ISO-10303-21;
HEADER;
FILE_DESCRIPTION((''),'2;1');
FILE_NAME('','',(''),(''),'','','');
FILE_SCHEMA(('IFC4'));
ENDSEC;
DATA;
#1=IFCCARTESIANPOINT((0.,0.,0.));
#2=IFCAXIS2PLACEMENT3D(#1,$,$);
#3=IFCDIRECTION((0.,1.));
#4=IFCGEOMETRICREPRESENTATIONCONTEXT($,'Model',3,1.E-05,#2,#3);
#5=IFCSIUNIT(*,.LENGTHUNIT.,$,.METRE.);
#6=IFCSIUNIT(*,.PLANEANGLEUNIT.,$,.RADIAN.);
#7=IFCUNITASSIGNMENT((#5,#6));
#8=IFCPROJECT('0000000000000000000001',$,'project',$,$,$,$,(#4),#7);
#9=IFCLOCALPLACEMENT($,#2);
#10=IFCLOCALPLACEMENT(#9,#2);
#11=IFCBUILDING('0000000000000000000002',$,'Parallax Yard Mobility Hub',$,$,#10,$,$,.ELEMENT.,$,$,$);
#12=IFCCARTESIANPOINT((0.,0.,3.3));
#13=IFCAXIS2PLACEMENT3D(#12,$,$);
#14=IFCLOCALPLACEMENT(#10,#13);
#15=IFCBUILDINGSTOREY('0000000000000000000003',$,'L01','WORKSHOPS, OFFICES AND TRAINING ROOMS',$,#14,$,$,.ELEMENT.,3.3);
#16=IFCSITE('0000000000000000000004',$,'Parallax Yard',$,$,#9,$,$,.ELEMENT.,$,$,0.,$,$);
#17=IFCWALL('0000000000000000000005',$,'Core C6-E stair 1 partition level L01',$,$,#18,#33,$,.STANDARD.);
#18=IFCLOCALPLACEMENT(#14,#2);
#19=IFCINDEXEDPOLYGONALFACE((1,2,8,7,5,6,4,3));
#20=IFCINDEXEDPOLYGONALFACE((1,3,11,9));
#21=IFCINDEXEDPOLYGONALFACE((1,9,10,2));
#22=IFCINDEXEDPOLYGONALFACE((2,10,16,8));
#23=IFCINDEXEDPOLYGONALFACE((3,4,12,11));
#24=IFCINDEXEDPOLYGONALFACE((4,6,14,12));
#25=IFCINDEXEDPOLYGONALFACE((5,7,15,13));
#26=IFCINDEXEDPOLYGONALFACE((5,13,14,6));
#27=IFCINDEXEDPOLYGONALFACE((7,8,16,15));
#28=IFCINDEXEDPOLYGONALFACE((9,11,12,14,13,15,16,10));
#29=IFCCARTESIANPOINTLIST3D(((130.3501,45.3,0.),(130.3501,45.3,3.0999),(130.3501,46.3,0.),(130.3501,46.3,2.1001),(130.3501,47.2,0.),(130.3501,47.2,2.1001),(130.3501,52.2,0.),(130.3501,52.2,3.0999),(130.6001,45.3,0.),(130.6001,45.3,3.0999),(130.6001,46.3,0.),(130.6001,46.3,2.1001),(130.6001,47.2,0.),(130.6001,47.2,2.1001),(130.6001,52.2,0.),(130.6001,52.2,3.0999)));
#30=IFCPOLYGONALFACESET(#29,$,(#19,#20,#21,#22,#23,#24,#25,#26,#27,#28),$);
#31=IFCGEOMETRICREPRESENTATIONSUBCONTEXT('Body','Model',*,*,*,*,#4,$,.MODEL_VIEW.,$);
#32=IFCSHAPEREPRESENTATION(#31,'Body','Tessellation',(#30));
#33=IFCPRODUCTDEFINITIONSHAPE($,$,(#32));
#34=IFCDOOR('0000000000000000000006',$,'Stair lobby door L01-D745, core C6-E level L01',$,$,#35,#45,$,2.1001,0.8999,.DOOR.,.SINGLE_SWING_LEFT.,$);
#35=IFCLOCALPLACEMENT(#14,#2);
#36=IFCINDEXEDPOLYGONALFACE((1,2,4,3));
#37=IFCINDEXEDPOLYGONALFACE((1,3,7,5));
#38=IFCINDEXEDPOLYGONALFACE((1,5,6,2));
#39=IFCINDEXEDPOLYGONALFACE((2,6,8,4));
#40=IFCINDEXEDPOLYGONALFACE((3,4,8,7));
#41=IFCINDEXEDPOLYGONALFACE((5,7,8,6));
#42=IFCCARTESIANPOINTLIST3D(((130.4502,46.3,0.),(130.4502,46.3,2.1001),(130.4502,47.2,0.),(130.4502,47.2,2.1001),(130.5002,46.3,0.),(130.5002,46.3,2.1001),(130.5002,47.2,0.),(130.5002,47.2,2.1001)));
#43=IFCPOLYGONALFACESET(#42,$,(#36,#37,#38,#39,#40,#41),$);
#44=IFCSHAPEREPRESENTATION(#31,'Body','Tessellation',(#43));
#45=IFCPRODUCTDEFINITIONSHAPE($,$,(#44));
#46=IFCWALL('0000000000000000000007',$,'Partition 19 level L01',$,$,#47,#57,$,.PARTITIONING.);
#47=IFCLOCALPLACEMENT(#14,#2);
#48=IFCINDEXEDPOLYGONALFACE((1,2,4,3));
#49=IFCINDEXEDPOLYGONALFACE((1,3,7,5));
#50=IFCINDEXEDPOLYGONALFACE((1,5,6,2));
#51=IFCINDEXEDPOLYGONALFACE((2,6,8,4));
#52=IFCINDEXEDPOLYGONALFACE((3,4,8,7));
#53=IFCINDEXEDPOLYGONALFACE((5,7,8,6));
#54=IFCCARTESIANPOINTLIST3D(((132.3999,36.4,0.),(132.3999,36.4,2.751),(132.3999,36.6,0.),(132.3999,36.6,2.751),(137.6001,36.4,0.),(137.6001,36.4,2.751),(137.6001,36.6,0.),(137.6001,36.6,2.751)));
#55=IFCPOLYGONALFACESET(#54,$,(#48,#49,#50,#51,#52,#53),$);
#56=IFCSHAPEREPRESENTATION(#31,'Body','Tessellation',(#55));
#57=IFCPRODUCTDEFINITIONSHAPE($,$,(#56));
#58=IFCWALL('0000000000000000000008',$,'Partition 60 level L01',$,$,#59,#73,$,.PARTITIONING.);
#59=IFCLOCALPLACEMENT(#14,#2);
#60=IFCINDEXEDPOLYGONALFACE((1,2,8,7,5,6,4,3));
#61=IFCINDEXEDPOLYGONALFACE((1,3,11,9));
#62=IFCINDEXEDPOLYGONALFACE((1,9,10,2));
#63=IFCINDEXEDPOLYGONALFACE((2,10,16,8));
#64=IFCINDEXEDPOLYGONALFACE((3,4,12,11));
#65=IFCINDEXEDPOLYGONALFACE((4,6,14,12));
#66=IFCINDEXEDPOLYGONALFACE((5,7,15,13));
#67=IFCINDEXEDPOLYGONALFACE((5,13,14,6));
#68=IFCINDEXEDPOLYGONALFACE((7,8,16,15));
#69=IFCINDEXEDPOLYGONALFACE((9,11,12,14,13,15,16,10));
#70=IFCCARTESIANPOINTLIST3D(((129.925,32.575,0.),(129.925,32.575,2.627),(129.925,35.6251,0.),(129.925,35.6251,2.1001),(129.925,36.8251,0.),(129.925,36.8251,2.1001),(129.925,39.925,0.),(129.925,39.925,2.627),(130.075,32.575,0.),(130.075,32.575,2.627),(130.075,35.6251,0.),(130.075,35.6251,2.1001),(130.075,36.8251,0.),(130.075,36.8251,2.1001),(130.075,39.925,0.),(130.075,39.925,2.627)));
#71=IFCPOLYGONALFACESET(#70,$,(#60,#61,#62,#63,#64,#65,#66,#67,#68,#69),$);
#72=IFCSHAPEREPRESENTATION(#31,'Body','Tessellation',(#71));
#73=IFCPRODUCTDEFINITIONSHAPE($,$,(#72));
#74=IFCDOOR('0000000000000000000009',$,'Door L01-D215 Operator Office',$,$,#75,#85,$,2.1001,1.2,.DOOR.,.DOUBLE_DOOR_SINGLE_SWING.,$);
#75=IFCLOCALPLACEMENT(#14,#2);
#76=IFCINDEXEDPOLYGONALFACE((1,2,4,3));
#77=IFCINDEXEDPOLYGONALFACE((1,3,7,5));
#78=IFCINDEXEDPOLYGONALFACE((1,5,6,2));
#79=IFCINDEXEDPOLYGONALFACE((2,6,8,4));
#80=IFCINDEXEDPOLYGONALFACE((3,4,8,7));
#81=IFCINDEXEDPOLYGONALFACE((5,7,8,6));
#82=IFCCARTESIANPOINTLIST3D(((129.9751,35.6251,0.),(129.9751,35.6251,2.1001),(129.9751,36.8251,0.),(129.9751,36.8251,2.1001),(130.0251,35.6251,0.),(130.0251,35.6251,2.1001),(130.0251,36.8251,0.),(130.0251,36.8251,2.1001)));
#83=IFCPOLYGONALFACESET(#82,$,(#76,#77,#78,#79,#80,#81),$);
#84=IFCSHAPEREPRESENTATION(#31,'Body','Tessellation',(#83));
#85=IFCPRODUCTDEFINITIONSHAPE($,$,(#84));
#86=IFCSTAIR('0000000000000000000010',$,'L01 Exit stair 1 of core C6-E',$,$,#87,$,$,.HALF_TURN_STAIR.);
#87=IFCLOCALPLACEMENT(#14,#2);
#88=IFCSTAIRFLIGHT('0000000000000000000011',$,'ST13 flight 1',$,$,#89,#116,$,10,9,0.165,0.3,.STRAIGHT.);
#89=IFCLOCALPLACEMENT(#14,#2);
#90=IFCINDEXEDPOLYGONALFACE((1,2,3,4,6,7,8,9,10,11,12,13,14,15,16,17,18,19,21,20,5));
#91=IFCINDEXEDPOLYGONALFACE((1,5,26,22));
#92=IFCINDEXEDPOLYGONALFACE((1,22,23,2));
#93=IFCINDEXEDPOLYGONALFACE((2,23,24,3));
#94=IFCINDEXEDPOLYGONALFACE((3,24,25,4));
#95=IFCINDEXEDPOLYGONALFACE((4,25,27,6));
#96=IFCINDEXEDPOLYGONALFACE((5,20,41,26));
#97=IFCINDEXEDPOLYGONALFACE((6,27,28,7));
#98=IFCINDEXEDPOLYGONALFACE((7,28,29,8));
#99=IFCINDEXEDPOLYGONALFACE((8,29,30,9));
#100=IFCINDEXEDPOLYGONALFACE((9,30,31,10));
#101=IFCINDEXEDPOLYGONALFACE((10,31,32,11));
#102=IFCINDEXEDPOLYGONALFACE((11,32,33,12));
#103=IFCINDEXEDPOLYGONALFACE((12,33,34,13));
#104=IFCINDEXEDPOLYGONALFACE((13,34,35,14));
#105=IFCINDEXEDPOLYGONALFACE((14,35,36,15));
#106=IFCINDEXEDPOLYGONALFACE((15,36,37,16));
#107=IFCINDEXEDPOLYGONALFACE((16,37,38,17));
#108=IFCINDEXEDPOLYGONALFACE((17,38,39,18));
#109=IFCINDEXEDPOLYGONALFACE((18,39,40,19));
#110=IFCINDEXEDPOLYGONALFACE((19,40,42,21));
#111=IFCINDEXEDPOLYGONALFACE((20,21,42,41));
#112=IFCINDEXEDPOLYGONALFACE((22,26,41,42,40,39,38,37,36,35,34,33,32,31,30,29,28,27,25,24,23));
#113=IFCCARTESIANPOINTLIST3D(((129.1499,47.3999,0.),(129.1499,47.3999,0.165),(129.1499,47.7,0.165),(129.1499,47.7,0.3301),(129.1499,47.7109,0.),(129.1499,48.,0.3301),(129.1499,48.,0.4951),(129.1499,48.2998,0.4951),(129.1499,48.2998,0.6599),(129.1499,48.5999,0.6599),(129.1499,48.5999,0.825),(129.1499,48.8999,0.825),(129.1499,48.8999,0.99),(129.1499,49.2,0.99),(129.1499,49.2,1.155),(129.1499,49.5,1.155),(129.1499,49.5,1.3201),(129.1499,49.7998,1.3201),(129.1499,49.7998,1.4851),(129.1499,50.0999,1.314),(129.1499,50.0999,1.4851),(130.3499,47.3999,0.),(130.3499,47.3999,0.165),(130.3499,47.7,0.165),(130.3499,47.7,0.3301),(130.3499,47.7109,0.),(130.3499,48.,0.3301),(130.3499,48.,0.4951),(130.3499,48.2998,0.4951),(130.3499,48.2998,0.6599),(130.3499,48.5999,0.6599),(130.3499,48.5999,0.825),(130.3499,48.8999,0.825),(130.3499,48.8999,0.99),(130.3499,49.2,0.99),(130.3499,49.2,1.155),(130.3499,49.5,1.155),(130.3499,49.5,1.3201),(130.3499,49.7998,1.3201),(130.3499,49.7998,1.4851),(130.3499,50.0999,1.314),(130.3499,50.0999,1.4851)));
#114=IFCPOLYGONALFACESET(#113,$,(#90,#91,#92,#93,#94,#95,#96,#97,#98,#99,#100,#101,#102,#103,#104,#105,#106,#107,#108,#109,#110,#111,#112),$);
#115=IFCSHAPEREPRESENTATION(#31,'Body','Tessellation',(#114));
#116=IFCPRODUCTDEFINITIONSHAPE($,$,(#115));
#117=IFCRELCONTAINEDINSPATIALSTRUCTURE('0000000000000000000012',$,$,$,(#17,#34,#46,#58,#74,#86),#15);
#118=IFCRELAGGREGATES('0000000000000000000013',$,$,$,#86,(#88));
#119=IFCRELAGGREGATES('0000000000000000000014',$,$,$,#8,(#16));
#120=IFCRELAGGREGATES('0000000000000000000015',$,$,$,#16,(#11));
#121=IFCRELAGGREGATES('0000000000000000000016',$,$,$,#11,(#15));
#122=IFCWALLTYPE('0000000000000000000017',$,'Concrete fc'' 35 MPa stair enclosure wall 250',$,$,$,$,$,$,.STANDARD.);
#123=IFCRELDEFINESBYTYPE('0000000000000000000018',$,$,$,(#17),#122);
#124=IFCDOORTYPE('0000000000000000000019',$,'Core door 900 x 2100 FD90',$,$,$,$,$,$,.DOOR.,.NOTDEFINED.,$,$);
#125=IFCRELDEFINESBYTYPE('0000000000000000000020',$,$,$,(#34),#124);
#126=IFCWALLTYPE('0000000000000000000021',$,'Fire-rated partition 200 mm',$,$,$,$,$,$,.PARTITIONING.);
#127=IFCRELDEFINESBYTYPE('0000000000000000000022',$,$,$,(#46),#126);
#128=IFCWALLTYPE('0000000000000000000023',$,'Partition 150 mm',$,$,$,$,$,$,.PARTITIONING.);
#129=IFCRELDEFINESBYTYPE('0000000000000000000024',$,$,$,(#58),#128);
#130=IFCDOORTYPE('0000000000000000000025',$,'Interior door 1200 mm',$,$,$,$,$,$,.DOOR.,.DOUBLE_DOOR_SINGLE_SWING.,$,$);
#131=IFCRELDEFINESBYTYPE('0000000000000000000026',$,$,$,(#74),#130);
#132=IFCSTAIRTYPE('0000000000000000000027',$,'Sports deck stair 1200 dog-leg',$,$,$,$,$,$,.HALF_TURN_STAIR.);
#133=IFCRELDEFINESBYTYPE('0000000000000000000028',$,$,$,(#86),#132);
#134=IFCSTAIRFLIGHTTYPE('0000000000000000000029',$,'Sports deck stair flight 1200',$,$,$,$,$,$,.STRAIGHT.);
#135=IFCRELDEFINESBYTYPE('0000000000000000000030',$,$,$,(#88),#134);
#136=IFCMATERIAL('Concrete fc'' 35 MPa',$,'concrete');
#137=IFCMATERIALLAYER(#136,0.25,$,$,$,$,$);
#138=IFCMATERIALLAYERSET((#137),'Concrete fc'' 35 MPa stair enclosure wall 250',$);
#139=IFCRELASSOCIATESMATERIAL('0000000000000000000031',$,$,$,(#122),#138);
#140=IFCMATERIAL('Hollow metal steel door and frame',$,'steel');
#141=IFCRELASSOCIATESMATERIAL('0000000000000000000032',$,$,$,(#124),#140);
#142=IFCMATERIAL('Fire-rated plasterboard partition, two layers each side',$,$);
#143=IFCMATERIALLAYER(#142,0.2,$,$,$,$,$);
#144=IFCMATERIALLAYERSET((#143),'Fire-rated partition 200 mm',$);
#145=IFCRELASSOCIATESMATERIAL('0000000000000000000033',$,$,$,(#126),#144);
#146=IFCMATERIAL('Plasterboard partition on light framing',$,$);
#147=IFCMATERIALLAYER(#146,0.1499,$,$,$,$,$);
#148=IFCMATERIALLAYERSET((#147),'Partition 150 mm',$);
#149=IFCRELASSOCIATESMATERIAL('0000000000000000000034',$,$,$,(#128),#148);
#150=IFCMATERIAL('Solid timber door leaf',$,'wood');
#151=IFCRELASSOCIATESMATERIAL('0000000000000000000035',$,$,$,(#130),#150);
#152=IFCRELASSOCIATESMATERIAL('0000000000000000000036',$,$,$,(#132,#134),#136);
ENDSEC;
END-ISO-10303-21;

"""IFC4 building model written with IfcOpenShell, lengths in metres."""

from ifc_helpers import new_model, si_unit, direction, frame, frame_2d, origin, place, context, subcontext, project, spatial, polyline, rectangle, outline, extrude, material, layer, layer_set, type_object, element, fill, aggregate, save


model = new_model("IFC4")

# Units and contexts
model_context = context("Model", 3, precision=1e-05, world=origin(), true_north=direction((0.0, 1.0)))
body_context = subcontext(model_context, "Body", "Model", "MODEL_VIEW")
ifc_project = project(units=[si_unit("LENGTHUNIT", "METRE"), si_unit("PLANEANGLEUNIT", "RADIAN")], contexts=[model_context])

# Site, building, storey
site_placement = place(None, origin())
site = spatial("IfcSite", under=ifc_project, at=site_placement, Name="Parallax Yard", CompositionType="ELEMENT", RefElevation=0.0)
building_placement = place(site_placement, origin())
building = spatial("IfcBuilding", under=site, at=building_placement, Name="Parallax Yard Mobility Hub", CompositionType="ELEMENT")
storey_placement = place(building_placement, frame((0.0, 0.0, 3.3)))
storey = spatial("IfcBuildingStorey", under=building, at=storey_placement, Name="L01", Description="WORKSHOPS, OFFICES AND TRAINING ROOMS", CompositionType="ELEMENT", Elevation=3.3)

# Shared definitions
ifc_material_1 = material(Name="Concrete fc' 35 MPa", Category="concrete")
ifc_material_2 = material(Name="Hollow metal steel door and frame", Category="steel")

# Wall, opening, door
ifc_layer_1 = layer(ifc_material_1, 0.25)
ifc_layer_set_1 = layer_set([ifc_layer_1], Name="Concrete fc' 35 MPa stair enclosure wall 250")
wall_type_1 = type_object("IfcWallType", Name="Concrete fc' 35 MPa stair enclosure wall 250", PredefinedType="STANDARD", material=ifc_layer_set_1)
wall_1_placement = place(storey_placement, frame((130.4751, 45.3, 0.0), z_axis=(0.0, 0.0, 1.0), x_axis=(0.0, 1.0, 0.0)))
wall_1 = element("IfcWall", 1, at=wall_1_placement, inside=storey, type_object=wall_type_1, Name="Core C6-E stair 1 partition level L01", PredefinedType="STANDARD", context=body_context, shape_type="SweptSolid", body=[
    extrude(rectangle(XDim=6.8999, YDim=0.25, at=frame_2d((3.45, 0.0))), origin(), (0.0, 0.0, 1.0), 3.0999),
])
opening_1_placement = place(wall_1_placement, frame((1.0, 0.0, 0.0)))
opening_1 = element("IfcOpeningElement", 2, at=opening_1_placement, cuts=wall_1, PredefinedType="OPENING", context=body_context, shape_type="SweptSolid", body=[
    extrude(rectangle(XDim=0.8999, YDim=2.1001, at=frame_2d((0.45, 1.05))), frame((0.0, 0.135, 0.0), z_axis=(0.0, -1.0, 0.0), x_axis=(1.0, 0.0, 0.0)), (0.0, 0.0, 1.0), 0.27),
])
door_type_1 = type_object("IfcDoorType", Name="Core door 900 x 2100 FD90", OperationType="NOTDEFINED", PredefinedType="DOOR", material=ifc_material_2)
door_1_placement = place(opening_1_placement, origin())
door_1 = element("IfcDoor", 3, at=door_1_placement, inside=storey, type_object=door_type_1, Name="Stair lobby door L01-D745, core C6-E level L01", OperationType="SINGLE_SWING_LEFT", OverallHeight=2.1001, OverallWidth=0.8999, PredefinedType="DOOR", context=body_context, shape_type="SweptSolid", body=[
    extrude(rectangle(XDim=0.8999, YDim=2.1001, at=frame_2d((0.45, 1.05))), frame((0.0, 0.0249, 0.0), z_axis=(0.0, -1.0, 0.0), x_axis=(1.0, 0.0, 0.0)), (0.0, 0.0, 1.0), 0.05),
])
fill(opening_1, door_1)

# Wall
ifc_material_3 = material(Name="Fire-rated plasterboard partition, two layers each side")
ifc_layer_2 = layer(ifc_material_3, 0.2)
ifc_layer_set_2 = layer_set([ifc_layer_2], Name="Fire-rated partition 200 mm")
wall_type_2 = type_object("IfcWallType", Name="Fire-rated partition 200 mm", PredefinedType="PARTITIONING", material=ifc_layer_set_2)
wall_2_placement = place(storey_placement, frame((132.3999, 36.5, 0.0), z_axis=(0.0, 0.0, 1.0), x_axis=(1.0, 0.0, 0.0)))
element("IfcWall", 4, at=wall_2_placement, inside=storey, type_object=wall_type_2, Name="Partition 19 level L01", PredefinedType="PARTITIONING", context=body_context, shape_type="SweptSolid", body=[
    extrude(rectangle(XDim=5.2002, YDim=0.2, at=frame_2d((2.6001, 0.0))), origin(), (0.0, 0.0, 1.0), 2.751),
])

# Wall, opening, door
ifc_material_4 = material(Name="Plasterboard partition on light framing")
ifc_layer_3 = layer(ifc_material_4, 0.1499)
ifc_layer_set_3 = layer_set([ifc_layer_3], Name="Partition 150 mm")
wall_type_3 = type_object("IfcWallType", Name="Partition 150 mm", PredefinedType="PARTITIONING", material=ifc_layer_set_3)
wall_3_placement = place(storey_placement, frame((130.0, 32.575, 0.0), z_axis=(0.0, 0.0, 1.0), x_axis=(0.0, 1.0, 0.0)))
wall_3 = element("IfcWall", 5, at=wall_3_placement, inside=storey, type_object=wall_type_3, Name="Partition 60 level L01", PredefinedType="PARTITIONING", context=body_context, shape_type="SweptSolid", body=[
    extrude(rectangle(XDim=7.3501, YDim=0.1499, at=frame_2d((3.675, 0.0))), origin(), (0.0, 0.0, 1.0), 2.627),
])
opening_2_placement = place(wall_3_placement, frame((3.05, 0.0, 0.0)))
opening_2 = element("IfcOpeningElement", 6, at=opening_2_placement, cuts=wall_3, PredefinedType="OPENING", context=body_context, shape_type="SweptSolid", body=[
    extrude(rectangle(XDim=1.2, YDim=2.1001, at=frame_2d((0.6001, 1.05))), frame((0.0, 0.085, 0.0), z_axis=(0.0, -1.0, 0.0), x_axis=(1.0, 0.0, 0.0)), (0.0, 0.0, 1.0), 0.1699),
])
ifc_material_5 = material(Name="Solid timber door leaf", Category="wood")
door_type_2 = type_object("IfcDoorType", Name="Interior door 1200 mm", OperationType="DOUBLE_DOOR_SINGLE_SWING", PredefinedType="DOOR", material=ifc_material_5)
door_2_placement = place(opening_2_placement, origin())
door_2 = element("IfcDoor", 7, at=door_2_placement, inside=storey, type_object=door_type_2, Name="Door L01-D215 Operator Office", OperationType="DOUBLE_DOOR_SINGLE_SWING", OverallHeight=2.1001, OverallWidth=1.2, PredefinedType="DOOR", context=body_context, shape_type="SweptSolid", body=[
    extrude(rectangle(XDim=1.2, YDim=2.1001, at=frame_2d((0.6001, 1.05))), frame((0.0, 0.0249, 0.0), z_axis=(0.0, -1.0, 0.0), x_axis=(1.0, 0.0, 0.0)), (0.0, 0.0, 1.0), 0.05),
])
fill(opening_2, door_2)

# Stair, stair flight
stair_type = type_object("IfcStairType", Name="Sports deck stair 1200 dog-leg", PredefinedType="HALF_TURN_STAIR", material=ifc_material_1)
stair_placement = place(storey_placement, origin())
stair = element("IfcStair", 8, at=stair_placement, inside=storey, type_object=stair_type, Name="L01 Exit stair 1 of core C6-E", PredefinedType="HALF_TURN_STAIR")
stair_flight_type = type_object("IfcStairFlightType", Name="Sports deck stair flight 1200", PredefinedType="STRAIGHT", material=ifc_material_1)
stair_flight_placement = place(storey_placement, frame((129.75, 47.3999, 0.0), z_axis=(0.0, 0.0, 1.0), x_axis=(0.0, 1.0, 0.0)))
stair_flight = element("IfcStairFlight", 9, at=stair_flight_placement, type_object=stair_flight_type, Name="ST13 flight 1", NumberOfRisers=10, NumberOfTreads=9, PredefinedType="STRAIGHT", RiserHeight=0.165, TreadLength=0.3, context=body_context, shape_type="SweptSolid", body=[
    extrude(outline(polyline([(0.0, 0.0), (0.0, 0.165), (0.3, 0.165), (0.3, 0.3301), (0.6001, 0.3301), (0.6001, 0.4951), (0.8999, 0.4951), (0.8999, 0.6599), (1.2, 0.6599), (1.2, 0.825), (1.5, 0.825), (1.5, 0.99), (1.8, 0.99), (1.8, 1.155), (2.1001, 1.155), (2.1001, 1.3201), (2.3999, 1.3201), (2.3999, 1.4851), (2.7, 1.4851), (2.7, 1.6499), (2.7, 1.314), (0.311, 0.0), (0.0, 0.0)])), frame((0.0, 0.6001, 0.0), z_axis=(0.0, -1.0, 0.0), x_axis=(1.0, 0.0, 0.0)), (0.0, 0.0, 1.0), 1.2),
])
aggregate(stair, [stair_flight])

save(model, "model.ifc")
